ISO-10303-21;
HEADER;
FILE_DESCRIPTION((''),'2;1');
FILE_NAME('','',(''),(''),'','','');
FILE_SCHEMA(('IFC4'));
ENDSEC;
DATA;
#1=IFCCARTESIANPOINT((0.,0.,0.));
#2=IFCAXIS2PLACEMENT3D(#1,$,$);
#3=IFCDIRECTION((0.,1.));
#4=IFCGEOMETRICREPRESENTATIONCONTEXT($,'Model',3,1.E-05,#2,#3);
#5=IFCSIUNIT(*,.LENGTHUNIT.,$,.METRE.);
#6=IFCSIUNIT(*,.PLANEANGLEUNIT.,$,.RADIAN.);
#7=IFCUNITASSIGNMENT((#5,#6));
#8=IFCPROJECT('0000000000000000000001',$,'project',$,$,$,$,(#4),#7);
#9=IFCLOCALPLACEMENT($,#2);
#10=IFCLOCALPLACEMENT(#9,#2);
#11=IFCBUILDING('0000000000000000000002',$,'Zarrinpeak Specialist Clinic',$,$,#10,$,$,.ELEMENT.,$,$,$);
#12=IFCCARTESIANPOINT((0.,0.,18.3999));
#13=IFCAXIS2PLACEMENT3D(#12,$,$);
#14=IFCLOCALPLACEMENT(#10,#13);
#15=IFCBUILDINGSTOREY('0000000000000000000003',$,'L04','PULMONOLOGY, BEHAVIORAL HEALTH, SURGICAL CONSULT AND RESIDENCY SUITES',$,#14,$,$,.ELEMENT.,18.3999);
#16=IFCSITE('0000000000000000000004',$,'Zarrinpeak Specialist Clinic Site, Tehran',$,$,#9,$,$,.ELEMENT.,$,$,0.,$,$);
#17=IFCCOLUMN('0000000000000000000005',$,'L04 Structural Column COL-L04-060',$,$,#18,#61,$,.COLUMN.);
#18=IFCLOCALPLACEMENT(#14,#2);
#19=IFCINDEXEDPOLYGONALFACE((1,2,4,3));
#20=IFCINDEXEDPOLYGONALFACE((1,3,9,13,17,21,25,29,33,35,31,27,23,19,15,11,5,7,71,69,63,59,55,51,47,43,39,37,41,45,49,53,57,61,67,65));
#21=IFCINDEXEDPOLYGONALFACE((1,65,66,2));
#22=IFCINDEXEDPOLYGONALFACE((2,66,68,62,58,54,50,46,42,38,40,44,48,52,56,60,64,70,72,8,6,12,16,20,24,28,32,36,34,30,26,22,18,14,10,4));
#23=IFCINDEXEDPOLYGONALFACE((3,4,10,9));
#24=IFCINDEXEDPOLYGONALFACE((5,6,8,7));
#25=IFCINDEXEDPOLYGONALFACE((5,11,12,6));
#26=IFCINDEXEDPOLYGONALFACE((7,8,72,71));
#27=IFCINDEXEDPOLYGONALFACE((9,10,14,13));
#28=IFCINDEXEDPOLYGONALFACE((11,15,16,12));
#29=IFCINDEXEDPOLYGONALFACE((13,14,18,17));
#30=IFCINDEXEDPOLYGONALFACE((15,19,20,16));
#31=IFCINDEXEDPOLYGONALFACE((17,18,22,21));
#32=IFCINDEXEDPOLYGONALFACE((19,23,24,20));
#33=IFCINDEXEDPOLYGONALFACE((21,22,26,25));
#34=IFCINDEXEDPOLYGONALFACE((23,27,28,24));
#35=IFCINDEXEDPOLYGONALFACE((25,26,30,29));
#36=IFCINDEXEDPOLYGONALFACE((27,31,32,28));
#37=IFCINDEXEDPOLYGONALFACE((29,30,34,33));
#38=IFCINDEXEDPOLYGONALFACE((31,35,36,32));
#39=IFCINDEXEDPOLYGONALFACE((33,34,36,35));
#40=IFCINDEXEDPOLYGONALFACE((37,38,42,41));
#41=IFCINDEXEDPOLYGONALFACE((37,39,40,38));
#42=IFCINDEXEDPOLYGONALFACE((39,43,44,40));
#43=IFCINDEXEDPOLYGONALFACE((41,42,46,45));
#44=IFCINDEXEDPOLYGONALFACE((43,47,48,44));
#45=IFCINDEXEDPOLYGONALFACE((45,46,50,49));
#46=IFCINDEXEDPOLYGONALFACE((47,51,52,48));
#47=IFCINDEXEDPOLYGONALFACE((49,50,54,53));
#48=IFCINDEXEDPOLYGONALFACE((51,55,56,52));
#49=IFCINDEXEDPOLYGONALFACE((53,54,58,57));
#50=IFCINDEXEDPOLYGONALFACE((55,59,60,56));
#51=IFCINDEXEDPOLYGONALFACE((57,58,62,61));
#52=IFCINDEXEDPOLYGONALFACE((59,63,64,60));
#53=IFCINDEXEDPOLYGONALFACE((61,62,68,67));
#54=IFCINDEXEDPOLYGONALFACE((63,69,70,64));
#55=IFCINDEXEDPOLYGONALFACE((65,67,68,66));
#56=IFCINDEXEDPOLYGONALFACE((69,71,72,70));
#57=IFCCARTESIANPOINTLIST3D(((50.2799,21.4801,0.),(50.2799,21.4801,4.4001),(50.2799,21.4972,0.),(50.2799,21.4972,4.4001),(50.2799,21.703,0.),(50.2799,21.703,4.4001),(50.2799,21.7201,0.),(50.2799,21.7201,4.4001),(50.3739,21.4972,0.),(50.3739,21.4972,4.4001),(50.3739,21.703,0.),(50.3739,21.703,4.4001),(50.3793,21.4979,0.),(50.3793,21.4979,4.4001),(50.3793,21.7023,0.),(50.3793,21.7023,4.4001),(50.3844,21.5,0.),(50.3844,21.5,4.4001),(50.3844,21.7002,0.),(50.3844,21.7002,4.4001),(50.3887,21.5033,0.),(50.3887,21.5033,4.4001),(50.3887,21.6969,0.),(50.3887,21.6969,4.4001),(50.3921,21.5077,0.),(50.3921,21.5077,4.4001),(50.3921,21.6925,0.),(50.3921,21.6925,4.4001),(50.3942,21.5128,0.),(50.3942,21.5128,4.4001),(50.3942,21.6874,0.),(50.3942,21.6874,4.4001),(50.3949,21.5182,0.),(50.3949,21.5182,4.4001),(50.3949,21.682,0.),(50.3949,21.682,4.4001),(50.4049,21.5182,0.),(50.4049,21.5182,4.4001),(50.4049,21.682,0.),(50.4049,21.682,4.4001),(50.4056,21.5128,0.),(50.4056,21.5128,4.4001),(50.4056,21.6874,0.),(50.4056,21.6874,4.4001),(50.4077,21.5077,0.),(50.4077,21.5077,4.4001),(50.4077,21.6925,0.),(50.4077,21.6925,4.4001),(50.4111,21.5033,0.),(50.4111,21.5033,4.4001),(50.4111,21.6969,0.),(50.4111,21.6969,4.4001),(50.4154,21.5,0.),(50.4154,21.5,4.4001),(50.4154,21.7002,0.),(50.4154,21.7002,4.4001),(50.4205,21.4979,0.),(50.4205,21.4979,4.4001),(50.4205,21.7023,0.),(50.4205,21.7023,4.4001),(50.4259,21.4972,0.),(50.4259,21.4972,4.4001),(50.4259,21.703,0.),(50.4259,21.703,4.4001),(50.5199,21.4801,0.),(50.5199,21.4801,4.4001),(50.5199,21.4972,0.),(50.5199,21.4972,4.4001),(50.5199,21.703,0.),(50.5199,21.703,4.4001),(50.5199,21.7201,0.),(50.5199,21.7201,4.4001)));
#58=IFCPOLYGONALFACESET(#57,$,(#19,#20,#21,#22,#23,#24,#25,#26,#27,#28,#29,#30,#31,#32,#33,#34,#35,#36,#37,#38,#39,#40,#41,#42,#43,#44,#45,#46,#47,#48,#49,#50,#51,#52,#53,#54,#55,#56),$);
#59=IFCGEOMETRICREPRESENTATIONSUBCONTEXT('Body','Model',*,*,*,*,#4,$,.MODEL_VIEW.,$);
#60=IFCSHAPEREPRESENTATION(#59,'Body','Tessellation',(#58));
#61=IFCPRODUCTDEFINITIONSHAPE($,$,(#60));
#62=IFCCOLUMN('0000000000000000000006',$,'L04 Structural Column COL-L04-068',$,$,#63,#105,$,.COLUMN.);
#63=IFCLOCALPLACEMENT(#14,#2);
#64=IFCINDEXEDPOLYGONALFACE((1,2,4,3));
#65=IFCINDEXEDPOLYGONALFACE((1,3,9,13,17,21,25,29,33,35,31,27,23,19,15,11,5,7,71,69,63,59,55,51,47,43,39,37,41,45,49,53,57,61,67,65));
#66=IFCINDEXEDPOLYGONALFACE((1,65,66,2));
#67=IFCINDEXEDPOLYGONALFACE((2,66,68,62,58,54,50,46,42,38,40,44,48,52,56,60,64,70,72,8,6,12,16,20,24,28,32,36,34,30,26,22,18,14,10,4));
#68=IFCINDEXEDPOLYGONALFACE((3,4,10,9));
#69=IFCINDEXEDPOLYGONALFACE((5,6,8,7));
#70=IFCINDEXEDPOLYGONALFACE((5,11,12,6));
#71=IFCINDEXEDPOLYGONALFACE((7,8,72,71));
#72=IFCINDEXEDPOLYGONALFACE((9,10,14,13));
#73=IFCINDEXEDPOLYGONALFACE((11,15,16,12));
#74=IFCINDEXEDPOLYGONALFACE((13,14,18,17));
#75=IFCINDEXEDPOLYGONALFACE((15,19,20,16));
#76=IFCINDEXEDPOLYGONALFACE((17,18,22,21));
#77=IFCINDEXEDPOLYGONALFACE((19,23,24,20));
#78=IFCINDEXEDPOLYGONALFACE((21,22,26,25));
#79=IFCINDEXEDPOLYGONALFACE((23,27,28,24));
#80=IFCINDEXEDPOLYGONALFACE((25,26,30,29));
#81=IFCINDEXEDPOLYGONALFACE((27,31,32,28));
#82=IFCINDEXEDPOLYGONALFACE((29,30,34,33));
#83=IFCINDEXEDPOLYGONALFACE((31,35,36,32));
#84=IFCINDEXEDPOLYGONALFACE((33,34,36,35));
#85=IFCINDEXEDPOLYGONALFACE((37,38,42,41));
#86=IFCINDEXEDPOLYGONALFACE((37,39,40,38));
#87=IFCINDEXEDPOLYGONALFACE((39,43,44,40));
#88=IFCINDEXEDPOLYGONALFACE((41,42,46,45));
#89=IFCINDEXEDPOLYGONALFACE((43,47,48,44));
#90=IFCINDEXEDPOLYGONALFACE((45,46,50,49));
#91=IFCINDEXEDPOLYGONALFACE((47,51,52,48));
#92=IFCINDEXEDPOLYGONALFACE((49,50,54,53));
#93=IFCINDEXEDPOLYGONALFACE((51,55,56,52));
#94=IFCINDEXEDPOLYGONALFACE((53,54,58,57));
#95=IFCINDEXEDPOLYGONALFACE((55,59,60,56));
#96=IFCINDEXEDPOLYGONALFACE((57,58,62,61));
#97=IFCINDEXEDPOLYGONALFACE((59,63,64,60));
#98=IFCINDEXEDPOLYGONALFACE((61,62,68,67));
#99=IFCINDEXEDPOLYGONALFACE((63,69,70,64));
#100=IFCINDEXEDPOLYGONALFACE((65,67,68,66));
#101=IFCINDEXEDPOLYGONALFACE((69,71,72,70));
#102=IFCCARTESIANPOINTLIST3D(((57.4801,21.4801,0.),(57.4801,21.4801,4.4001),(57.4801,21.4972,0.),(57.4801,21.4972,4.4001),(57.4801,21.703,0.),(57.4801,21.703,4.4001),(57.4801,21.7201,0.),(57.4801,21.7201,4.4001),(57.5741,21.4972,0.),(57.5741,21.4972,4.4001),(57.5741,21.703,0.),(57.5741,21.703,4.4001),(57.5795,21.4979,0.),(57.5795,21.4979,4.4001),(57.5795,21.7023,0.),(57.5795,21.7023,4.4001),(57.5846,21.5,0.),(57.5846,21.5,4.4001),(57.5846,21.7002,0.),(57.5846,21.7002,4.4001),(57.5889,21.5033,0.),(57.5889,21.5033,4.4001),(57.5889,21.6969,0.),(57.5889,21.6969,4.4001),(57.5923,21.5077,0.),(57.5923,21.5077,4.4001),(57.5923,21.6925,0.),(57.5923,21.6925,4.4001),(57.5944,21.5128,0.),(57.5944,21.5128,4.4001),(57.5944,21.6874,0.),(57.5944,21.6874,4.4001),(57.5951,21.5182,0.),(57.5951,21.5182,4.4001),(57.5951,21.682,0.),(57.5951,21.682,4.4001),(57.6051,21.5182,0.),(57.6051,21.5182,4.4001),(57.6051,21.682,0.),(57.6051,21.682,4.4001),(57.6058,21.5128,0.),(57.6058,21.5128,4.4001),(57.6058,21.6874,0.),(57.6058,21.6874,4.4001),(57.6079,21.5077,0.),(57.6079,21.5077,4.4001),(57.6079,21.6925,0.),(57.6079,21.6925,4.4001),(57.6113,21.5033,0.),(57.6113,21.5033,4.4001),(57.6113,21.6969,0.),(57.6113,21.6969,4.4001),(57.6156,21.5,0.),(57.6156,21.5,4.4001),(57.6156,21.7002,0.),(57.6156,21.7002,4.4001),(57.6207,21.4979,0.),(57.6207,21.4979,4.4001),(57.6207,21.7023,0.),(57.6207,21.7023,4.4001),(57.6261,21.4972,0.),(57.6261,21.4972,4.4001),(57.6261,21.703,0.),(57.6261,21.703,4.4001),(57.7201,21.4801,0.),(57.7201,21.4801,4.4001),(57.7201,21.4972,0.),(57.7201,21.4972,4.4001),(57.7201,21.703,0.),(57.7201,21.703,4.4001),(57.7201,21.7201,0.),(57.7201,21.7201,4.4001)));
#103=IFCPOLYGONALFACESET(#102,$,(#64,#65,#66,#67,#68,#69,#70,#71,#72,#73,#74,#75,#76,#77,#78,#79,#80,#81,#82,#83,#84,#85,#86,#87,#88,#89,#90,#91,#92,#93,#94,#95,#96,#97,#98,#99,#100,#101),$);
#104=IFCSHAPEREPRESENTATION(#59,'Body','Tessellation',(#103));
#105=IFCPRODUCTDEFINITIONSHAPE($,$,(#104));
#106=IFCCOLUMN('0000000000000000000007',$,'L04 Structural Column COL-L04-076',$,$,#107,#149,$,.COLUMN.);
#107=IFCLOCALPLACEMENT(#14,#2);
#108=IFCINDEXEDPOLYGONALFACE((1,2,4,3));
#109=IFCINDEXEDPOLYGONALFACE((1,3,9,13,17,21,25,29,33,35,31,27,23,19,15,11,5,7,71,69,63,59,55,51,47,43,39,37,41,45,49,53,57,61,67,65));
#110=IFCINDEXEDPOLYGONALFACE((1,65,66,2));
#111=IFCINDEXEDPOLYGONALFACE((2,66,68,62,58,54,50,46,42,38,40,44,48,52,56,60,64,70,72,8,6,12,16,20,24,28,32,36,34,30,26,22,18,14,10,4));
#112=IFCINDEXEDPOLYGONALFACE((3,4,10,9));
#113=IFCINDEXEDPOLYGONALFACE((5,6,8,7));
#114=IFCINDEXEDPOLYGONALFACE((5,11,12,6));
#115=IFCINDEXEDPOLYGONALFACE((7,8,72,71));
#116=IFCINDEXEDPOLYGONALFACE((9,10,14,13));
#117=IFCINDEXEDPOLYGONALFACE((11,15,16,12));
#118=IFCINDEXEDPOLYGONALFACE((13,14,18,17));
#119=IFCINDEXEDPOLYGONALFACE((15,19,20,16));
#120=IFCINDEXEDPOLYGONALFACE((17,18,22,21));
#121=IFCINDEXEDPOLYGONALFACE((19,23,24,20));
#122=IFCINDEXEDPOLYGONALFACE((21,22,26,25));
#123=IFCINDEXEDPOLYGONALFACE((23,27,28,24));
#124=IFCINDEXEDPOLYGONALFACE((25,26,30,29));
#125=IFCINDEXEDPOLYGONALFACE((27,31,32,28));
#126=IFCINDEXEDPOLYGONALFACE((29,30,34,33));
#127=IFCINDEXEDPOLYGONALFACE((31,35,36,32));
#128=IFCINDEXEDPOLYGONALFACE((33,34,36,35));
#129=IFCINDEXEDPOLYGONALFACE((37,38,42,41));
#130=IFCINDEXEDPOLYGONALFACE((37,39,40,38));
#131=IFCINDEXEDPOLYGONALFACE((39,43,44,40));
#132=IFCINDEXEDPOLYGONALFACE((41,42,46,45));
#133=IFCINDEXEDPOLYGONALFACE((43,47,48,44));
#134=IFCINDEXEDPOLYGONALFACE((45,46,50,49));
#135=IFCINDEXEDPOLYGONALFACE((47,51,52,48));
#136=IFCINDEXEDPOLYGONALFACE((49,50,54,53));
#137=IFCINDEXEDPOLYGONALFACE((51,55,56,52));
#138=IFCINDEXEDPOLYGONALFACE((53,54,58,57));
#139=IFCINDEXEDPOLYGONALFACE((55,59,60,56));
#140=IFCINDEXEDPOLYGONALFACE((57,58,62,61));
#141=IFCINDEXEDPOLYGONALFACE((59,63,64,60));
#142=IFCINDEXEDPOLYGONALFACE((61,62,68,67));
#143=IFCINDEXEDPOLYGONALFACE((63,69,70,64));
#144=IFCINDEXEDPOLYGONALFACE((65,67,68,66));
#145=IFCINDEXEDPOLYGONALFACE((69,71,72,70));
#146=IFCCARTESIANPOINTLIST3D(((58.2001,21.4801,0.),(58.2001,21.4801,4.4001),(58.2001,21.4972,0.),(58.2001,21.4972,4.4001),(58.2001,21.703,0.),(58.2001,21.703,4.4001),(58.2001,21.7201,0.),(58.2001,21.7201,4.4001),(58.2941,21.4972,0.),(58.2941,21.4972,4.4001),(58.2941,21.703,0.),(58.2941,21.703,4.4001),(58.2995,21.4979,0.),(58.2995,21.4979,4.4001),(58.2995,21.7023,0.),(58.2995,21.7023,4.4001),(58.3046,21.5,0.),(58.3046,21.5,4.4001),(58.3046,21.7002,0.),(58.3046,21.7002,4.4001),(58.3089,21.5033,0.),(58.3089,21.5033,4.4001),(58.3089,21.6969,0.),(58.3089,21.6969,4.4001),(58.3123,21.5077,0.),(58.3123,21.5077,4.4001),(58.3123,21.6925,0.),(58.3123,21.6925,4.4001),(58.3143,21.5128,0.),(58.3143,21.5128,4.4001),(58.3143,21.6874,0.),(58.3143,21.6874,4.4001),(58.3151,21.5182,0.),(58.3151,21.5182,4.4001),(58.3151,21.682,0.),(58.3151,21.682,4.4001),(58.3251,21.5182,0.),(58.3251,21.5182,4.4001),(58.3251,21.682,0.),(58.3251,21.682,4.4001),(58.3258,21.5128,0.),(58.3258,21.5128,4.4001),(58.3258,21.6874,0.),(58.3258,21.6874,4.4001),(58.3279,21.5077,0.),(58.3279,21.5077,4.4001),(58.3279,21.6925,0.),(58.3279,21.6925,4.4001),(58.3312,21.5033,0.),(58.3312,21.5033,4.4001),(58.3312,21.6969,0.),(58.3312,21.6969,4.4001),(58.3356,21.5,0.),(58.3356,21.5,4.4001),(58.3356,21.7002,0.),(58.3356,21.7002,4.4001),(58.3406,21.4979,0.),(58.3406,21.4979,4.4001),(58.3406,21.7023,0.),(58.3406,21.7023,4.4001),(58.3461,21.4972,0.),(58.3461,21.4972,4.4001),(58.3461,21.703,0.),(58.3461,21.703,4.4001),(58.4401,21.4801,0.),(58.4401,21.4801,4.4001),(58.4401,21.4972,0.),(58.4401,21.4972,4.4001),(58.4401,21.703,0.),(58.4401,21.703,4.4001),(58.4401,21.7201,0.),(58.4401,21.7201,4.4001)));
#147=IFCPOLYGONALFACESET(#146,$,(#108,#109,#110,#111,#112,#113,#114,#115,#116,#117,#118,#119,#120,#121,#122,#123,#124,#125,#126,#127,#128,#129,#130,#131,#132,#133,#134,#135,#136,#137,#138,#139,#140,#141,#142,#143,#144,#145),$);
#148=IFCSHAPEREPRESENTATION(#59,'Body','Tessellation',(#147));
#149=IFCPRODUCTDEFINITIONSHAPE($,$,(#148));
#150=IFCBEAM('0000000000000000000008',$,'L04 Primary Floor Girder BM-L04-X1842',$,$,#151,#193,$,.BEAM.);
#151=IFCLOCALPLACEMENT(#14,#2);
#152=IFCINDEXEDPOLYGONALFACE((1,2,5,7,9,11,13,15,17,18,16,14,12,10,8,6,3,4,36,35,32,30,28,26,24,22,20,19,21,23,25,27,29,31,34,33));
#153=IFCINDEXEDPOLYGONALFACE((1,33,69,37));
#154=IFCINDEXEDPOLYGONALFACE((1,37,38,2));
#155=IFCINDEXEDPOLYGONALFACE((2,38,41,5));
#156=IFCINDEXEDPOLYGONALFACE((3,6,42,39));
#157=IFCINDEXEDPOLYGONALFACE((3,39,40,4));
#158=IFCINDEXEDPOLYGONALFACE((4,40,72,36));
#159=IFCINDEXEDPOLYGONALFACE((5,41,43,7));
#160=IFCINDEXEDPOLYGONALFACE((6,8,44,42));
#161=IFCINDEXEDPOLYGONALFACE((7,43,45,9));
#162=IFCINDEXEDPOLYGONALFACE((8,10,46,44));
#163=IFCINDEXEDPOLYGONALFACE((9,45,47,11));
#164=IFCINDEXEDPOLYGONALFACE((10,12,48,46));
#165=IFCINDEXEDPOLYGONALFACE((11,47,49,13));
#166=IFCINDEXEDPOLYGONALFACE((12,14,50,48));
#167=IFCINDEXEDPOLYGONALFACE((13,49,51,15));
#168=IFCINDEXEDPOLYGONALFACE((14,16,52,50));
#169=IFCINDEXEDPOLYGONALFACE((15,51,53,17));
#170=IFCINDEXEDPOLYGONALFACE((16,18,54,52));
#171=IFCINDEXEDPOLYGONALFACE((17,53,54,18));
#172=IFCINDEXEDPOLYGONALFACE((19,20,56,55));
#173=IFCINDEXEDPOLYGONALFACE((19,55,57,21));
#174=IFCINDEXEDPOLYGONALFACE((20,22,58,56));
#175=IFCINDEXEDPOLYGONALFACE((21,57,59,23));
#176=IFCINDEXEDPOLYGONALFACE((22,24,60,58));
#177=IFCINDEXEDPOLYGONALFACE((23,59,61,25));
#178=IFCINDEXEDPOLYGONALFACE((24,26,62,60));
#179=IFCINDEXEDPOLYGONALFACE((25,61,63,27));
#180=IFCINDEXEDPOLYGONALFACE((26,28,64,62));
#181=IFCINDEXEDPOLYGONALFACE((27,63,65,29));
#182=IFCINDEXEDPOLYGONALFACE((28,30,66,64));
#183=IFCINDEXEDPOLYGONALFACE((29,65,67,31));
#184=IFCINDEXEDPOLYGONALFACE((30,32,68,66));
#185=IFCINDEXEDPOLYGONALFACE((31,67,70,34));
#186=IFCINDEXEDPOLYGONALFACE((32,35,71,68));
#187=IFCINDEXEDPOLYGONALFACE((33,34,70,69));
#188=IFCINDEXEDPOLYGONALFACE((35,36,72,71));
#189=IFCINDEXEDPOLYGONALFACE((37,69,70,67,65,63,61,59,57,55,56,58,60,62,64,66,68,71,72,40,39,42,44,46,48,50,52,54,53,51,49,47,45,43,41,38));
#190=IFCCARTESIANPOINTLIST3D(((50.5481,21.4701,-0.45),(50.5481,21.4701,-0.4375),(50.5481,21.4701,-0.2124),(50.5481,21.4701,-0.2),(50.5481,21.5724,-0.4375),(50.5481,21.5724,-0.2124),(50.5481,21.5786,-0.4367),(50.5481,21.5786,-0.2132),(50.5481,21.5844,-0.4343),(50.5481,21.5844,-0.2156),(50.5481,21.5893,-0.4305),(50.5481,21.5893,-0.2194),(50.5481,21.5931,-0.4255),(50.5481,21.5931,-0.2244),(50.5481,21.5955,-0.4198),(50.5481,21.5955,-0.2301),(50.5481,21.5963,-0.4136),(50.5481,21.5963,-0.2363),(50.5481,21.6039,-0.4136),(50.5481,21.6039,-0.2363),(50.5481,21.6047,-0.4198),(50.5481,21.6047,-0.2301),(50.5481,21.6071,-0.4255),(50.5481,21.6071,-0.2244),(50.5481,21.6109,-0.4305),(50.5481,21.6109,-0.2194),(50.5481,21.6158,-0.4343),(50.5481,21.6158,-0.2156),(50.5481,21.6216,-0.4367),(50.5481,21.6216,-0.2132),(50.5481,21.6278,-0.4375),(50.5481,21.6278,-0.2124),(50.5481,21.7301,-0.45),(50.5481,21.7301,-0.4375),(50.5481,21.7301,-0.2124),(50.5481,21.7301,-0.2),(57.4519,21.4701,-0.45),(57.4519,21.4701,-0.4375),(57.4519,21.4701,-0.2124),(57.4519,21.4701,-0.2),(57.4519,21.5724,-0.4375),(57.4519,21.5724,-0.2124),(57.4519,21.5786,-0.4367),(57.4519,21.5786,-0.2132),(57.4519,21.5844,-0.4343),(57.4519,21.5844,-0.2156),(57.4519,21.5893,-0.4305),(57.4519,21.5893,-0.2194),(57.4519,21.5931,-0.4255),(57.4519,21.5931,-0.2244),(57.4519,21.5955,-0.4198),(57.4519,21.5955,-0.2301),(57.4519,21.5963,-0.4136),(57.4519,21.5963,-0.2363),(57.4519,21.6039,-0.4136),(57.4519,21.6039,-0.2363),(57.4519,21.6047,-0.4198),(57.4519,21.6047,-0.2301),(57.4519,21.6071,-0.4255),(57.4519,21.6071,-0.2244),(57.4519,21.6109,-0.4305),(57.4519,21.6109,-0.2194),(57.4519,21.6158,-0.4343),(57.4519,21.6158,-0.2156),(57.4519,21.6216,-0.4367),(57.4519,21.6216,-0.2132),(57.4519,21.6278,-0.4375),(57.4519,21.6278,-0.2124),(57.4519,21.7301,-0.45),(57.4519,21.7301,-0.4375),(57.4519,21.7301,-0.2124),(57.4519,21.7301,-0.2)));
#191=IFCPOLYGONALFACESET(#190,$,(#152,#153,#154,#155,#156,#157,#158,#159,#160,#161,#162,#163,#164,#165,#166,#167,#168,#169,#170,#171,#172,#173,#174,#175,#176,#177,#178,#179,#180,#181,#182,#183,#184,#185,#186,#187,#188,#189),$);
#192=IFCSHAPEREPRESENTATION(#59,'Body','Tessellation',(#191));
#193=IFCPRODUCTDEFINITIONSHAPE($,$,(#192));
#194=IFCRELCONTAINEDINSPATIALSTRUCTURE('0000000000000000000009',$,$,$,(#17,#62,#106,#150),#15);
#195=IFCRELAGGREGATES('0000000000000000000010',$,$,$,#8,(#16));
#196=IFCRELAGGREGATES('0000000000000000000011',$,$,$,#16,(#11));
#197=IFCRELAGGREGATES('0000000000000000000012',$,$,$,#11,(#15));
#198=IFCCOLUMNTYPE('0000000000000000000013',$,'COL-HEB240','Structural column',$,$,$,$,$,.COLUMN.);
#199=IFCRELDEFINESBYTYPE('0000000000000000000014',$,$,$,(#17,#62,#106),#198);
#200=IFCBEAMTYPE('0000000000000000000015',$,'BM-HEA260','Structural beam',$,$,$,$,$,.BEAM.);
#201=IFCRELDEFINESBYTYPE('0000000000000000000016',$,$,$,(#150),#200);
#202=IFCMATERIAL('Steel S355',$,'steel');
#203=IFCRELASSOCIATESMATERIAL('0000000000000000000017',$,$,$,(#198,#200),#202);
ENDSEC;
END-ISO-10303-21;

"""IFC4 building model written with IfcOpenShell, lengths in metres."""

from ifc_helpers import new_model, si_unit, direction, frame, origin, origin_2d, place, context, subcontext, project, spatial, i_section, extrude, material, material_profile, profile_set, type_object, element, save


model = new_model("IFC4")

# Units and contexts
model_context = context("Model", 3, precision=1e-05, world=origin(), true_north=direction((0.0, 1.0)))
body_context = subcontext(model_context, "Body", "Model", "MODEL_VIEW")
ifc_project = project(units=[si_unit("LENGTHUNIT", "METRE"), si_unit("PLANEANGLEUNIT", "RADIAN")], contexts=[model_context])

# Site, building, storey
site_placement = place(None, origin())
site = spatial("IfcSite", under=ifc_project, at=site_placement, Name="Zarrinpeak Specialist Clinic Site, Tehran", CompositionType="ELEMENT", RefElevation=0.0)
building_placement = place(site_placement, origin())
building = spatial("IfcBuilding", under=site, at=building_placement, Name="Zarrinpeak Specialist Clinic", CompositionType="ELEMENT")
storey_placement = place(building_placement, frame((0.0, 0.0, 18.3999)))
storey = spatial("IfcBuildingStorey", under=building, at=storey_placement, Name="L04", Description="PULMONOLOGY, BEHAVIORAL HEALTH, SURGICAL CONSULT AND RESIDENCY SUITES", CompositionType="ELEMENT", Elevation=18.3999)

# Columns
ifc_material_1 = material(Name="Steel S355", Category="steel")
ifc_material_profile_1 = material_profile(ifc_material_1, i_section(OverallWidth=0.24, OverallDepth=0.24, WebThickness=0.01, FlangeThickness=0.0171, FilletRadius=0.021, at=origin_2d()), Name="HEB 240")
ifc_profile_set_1 = profile_set([ifc_material_profile_1], Name="Steel S355")
column_type = type_object("IfcColumnType", Name="COL-HEB240", Description="Structural column", PredefinedType="COLUMN", material=ifc_profile_set_1)
for number, where, z_axis, x_axis, name in (
    (1, (50.3999, 21.6001, 0.0), (0.0, 0.0, 1.0), (1.0, 0.0, 0.0), "L04 Structural Column COL-L04-060"),
    (2, (57.6001, 21.6001, 0.0), (0.0, 0.0, 1.0), (1.0, 0.0, 0.0), "L04 Structural Column COL-L04-068"),
    (3, (58.3201, 21.6001, 0.0), (0.0, 0.0, 1.0), (1.0, 0.0, 0.0), "L04 Structural Column COL-L04-076"),
):
    element("IfcColumn", number, at=place(storey_placement, frame(where, z_axis=z_axis, x_axis=x_axis)), inside=storey, type_object=column_type, Name=name, PredefinedType="COLUMN", context=body_context, shape_type="SweptSolid", body=[
        extrude(i_section(OverallWidth=0.24, OverallDepth=0.24, WebThickness=0.01, FlangeThickness=0.0171, FilletRadius=0.021, at=origin_2d()), origin(), (0.0, 0.0, 1.0), 4.4001),
    ])

# Beam
ifc_material_profile_2 = material_profile(ifc_material_1, i_section(OverallWidth=0.26, OverallDepth=0.25, WebThickness=0.0076, FlangeThickness=0.0125, FilletRadius=0.0239, at=origin_2d()), Name="HEA 260")
ifc_profile_set_2 = profile_set([ifc_material_profile_2], Name="Steel S355")
beam_type_1 = type_object("IfcBeamType", Name="BM-HEA260", Description="Structural beam", PredefinedType="BEAM", material=ifc_profile_set_2)
beam_1_placement = place(storey_placement, frame((50.5481, 21.6001, -0.325), z_axis=(1.0, 0.0, 0.0), x_axis=(0.0, 1.0, 0.0)))
element("IfcBeam", 4, at=beam_1_placement, inside=storey, type_object=beam_type_1, Name="L04 Primary Floor Girder BM-L04-X1842", PredefinedType="BEAM", context=body_context, shape_type="SweptSolid", body=[
    extrude(i_section(OverallWidth=0.26, OverallDepth=0.25, WebThickness=0.0076, FlangeThickness=0.0125, FilletRadius=0.0239, at=origin_2d()), origin(), (0.0, 0.0, 1.0), 6.9038),
])

save(model, "model.ifc")
